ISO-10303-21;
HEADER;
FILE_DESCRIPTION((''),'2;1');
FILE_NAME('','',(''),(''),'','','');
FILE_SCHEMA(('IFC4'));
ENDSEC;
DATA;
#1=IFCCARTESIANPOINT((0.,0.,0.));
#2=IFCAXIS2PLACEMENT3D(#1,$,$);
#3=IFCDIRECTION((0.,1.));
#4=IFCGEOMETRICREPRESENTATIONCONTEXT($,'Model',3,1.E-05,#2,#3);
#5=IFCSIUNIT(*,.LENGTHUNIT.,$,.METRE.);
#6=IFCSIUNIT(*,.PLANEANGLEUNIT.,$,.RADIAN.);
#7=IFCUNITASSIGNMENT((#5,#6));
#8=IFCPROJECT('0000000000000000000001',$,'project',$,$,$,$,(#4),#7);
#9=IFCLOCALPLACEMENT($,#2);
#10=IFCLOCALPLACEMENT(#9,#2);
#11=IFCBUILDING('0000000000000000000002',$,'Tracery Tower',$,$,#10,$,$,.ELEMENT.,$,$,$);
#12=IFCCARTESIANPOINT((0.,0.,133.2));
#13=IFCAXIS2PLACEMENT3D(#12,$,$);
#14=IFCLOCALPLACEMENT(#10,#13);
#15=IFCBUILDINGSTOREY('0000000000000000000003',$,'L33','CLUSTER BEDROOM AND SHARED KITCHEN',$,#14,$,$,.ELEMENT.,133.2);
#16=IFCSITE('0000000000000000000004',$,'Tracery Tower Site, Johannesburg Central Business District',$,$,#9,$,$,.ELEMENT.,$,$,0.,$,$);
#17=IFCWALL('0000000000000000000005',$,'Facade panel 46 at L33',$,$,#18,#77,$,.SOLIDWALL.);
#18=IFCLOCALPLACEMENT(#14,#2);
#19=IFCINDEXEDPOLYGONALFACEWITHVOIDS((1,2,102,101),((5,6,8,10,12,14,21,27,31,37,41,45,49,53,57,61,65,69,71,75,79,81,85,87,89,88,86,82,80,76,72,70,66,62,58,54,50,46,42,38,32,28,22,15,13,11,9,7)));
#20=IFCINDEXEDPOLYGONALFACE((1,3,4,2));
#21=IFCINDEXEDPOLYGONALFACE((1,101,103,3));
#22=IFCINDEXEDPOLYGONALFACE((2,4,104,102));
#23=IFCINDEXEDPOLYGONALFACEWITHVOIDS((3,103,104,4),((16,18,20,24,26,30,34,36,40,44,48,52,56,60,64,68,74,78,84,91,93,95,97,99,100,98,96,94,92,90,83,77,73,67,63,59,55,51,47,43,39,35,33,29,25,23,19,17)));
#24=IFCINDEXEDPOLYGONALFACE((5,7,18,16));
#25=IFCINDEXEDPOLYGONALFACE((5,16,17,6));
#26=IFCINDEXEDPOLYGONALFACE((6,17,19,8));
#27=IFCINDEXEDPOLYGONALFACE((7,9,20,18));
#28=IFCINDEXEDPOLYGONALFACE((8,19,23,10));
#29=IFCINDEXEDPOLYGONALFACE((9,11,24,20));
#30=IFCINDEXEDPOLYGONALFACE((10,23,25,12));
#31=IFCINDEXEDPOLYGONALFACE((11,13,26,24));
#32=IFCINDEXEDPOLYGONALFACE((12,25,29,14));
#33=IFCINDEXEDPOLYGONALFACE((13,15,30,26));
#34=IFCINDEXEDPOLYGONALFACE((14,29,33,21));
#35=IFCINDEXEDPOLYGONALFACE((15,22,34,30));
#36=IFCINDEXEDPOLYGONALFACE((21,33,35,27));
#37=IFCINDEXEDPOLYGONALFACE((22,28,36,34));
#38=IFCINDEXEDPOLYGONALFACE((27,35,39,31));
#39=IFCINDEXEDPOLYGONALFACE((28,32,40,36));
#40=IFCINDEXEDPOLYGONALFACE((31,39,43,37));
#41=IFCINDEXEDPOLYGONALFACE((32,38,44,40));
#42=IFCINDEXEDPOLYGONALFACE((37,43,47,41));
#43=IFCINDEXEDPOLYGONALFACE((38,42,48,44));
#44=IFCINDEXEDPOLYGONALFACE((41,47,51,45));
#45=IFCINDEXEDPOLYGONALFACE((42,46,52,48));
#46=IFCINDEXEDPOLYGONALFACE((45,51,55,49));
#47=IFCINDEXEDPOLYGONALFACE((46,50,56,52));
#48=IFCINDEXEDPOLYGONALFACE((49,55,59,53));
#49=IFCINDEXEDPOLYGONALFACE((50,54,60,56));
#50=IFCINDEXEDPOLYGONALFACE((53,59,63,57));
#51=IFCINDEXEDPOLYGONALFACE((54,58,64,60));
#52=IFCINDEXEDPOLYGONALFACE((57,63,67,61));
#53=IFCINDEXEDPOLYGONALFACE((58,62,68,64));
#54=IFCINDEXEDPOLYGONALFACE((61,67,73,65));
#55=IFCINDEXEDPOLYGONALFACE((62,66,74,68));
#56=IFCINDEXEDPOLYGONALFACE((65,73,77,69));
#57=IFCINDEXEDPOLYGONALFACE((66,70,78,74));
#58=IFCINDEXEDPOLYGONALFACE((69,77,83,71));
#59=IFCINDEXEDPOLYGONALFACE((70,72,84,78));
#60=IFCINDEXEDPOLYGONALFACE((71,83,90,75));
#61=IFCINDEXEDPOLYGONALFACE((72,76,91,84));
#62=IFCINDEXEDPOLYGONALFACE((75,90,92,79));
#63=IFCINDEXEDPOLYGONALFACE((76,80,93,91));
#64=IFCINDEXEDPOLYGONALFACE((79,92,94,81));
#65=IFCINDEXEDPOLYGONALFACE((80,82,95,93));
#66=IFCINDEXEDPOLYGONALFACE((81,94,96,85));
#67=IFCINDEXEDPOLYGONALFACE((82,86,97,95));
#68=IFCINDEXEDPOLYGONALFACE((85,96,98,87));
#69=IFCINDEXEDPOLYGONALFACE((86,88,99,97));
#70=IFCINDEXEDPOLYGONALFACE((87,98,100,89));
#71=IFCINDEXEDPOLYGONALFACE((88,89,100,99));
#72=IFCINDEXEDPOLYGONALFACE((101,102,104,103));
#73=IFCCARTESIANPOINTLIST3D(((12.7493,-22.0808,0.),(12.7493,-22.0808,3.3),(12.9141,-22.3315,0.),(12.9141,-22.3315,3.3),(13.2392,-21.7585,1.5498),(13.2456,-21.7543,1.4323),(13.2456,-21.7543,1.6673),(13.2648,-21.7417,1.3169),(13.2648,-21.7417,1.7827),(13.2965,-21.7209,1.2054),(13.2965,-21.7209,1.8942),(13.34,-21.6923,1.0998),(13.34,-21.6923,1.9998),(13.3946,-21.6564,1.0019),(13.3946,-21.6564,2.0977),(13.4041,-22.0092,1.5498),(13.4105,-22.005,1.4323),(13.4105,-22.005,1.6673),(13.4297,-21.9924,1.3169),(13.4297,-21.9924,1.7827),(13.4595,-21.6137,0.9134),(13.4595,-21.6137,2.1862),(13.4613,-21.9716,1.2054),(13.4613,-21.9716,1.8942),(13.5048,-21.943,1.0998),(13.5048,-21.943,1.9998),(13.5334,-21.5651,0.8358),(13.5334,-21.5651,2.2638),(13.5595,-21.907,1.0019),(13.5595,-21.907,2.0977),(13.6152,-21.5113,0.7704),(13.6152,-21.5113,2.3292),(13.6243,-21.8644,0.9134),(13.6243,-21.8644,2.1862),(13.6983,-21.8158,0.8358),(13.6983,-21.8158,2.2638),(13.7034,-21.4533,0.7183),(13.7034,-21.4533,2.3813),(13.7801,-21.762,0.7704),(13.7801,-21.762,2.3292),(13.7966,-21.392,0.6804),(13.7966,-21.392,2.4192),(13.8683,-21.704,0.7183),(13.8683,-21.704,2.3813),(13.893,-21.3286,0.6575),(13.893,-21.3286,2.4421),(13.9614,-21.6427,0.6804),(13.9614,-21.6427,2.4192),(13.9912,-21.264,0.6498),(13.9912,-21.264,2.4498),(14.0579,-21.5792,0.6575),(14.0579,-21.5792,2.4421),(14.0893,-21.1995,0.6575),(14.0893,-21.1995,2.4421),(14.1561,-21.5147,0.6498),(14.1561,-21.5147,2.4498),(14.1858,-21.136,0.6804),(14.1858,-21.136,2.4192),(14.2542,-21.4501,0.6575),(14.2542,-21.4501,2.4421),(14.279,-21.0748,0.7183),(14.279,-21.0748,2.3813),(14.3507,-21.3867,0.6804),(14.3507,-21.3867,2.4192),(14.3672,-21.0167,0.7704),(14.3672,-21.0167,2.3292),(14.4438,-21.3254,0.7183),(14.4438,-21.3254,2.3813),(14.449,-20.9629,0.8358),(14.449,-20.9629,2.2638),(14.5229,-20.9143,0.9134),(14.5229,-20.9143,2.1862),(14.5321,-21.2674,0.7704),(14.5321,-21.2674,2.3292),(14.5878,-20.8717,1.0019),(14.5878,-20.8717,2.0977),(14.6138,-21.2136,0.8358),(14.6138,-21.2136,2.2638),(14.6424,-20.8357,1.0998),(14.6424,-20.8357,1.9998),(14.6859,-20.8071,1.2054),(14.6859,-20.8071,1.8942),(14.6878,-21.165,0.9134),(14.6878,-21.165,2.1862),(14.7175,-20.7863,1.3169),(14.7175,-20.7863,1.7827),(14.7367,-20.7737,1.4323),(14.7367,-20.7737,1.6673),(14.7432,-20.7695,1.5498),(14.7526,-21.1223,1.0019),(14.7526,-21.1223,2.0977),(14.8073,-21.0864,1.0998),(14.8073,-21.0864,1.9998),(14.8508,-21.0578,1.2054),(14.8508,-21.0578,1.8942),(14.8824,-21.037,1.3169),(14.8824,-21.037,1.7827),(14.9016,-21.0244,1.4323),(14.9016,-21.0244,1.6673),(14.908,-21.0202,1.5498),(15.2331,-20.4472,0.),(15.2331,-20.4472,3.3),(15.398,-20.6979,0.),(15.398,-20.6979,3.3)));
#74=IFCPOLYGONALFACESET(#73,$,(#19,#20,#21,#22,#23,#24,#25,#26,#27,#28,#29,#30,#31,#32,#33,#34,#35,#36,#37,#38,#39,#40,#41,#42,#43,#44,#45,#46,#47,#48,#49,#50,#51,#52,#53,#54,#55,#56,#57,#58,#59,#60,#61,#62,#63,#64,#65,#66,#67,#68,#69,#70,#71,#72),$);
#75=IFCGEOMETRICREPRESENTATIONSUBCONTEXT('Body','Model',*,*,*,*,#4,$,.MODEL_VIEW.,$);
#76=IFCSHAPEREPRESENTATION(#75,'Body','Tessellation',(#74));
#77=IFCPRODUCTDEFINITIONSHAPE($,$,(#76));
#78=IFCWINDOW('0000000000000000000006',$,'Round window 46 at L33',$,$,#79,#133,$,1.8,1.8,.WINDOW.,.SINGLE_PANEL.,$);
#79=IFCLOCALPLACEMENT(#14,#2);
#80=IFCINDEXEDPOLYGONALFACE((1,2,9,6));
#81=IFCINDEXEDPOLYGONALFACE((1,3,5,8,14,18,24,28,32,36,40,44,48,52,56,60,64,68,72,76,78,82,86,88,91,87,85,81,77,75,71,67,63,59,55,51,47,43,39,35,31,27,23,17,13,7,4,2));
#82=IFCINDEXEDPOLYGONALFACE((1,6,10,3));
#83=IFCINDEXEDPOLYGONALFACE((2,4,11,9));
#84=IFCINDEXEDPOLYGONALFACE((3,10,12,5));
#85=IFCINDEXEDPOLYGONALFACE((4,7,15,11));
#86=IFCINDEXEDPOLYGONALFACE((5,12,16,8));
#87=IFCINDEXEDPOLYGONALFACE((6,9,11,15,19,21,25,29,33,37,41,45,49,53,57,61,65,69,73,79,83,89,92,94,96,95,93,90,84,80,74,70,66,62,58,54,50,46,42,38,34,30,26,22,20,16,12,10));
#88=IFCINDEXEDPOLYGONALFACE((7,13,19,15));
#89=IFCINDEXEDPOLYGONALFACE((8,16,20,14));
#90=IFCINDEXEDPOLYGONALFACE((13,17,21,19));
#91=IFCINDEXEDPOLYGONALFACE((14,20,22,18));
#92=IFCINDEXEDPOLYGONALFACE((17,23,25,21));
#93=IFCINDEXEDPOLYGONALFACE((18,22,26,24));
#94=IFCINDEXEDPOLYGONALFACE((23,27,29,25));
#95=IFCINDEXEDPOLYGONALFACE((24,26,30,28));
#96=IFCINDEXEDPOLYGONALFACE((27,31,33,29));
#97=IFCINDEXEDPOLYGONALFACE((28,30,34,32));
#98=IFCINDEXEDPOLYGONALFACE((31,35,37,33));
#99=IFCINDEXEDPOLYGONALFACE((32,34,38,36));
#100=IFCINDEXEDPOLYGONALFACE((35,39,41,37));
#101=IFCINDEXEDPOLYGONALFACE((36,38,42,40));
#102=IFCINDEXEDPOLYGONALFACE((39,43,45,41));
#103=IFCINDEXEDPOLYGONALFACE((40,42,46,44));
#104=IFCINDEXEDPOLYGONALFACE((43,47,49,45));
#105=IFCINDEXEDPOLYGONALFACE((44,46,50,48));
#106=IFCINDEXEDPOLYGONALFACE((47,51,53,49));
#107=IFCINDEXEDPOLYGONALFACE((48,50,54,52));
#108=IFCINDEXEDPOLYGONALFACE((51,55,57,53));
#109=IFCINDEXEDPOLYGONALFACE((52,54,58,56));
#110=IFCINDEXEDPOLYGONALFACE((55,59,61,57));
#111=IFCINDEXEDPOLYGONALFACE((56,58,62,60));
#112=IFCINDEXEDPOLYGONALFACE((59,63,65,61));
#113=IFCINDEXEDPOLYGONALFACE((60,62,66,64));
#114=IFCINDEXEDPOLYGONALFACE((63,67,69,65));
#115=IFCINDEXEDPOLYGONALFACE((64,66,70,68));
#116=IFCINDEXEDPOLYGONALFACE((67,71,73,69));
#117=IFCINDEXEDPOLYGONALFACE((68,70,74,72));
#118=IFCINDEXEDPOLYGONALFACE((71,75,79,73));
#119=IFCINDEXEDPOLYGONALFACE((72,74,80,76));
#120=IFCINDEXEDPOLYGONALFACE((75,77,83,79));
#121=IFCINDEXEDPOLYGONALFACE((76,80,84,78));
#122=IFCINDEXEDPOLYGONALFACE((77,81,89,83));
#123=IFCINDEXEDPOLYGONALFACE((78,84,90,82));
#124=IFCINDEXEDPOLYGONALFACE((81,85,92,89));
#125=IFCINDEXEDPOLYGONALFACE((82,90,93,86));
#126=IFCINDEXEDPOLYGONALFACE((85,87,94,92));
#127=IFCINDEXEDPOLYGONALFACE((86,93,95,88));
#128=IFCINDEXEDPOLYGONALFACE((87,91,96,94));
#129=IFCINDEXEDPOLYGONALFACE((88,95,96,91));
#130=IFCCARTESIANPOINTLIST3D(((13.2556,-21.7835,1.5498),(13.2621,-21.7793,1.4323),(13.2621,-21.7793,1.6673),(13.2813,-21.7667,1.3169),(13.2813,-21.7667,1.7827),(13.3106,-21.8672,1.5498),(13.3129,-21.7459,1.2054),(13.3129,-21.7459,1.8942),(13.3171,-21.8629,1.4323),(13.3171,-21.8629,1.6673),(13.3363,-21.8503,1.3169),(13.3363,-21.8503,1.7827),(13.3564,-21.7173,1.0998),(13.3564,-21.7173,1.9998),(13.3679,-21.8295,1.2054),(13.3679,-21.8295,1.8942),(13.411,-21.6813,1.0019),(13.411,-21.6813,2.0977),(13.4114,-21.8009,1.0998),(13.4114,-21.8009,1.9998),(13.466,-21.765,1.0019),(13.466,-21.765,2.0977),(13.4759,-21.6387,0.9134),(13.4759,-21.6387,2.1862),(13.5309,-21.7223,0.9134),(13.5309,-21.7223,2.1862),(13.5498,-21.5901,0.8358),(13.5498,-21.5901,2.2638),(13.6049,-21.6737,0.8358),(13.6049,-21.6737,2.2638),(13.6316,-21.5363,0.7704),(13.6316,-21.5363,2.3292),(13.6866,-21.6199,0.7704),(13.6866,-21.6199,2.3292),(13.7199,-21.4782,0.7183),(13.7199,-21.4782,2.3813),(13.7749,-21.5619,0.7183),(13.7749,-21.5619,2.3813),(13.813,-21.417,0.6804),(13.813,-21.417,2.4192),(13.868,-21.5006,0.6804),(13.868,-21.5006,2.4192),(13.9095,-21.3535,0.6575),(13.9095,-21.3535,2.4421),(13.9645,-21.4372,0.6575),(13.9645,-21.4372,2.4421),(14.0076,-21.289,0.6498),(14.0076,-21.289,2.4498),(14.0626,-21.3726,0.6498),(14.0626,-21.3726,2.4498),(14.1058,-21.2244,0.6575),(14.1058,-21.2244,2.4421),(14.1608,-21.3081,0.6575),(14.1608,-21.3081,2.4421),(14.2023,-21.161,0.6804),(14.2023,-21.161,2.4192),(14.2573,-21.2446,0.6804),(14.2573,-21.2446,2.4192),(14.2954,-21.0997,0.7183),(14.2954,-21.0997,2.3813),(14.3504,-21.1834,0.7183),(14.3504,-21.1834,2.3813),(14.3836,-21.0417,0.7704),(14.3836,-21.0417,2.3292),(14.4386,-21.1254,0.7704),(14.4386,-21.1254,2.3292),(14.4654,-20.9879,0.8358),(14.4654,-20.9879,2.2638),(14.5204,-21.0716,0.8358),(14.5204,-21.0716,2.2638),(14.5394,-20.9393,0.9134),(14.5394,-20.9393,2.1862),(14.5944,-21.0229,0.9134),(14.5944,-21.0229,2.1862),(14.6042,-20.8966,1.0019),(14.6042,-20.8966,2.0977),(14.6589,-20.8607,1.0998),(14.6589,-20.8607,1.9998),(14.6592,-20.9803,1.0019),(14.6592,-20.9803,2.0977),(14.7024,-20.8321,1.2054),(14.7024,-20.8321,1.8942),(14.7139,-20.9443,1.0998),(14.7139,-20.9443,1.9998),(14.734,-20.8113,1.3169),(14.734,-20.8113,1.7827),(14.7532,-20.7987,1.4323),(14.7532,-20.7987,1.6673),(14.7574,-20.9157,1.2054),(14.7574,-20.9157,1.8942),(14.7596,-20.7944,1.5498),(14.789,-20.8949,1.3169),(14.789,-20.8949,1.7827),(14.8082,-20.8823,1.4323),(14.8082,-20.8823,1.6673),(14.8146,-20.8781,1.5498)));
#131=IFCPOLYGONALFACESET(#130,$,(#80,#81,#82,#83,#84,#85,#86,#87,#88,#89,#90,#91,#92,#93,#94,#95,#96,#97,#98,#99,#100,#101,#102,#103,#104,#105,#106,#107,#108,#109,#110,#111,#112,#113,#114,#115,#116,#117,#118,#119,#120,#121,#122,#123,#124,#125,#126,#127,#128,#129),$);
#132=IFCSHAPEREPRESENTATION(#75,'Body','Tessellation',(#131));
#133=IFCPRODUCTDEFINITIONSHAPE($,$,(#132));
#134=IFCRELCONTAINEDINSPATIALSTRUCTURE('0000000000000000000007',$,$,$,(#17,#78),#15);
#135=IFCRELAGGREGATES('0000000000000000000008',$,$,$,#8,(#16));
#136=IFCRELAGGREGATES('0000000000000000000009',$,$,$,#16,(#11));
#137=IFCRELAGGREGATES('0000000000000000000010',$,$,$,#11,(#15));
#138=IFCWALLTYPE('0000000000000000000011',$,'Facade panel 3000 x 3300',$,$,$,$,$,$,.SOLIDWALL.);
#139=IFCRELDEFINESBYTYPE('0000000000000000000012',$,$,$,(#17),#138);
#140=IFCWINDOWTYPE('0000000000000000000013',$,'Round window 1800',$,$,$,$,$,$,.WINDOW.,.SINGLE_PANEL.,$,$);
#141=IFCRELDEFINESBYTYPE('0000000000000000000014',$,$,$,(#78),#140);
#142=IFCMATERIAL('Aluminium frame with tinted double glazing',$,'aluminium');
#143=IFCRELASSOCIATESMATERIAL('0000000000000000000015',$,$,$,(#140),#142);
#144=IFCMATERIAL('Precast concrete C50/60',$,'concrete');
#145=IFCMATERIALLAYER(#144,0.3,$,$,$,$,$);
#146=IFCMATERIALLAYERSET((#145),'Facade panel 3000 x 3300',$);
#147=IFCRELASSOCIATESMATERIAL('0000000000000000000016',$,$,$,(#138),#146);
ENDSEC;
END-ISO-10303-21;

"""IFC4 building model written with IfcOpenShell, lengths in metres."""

from ifc_helpers import new_model, si_unit, direction, frame, frame_2d, origin, origin_2d, place, context, subcontext, project, spatial, rectangle, circle, extrude, material, layer, layer_set, type_object, element, fill, save


model = new_model("IFC4")

# Units and contexts
model_context = context("Model", 3, precision=1e-05, world=origin(), true_north=direction((0.0, 1.0)))
body_context = subcontext(model_context, "Body", "Model", "MODEL_VIEW")
ifc_project = project(units=[si_unit("LENGTHUNIT", "METRE"), si_unit("PLANEANGLEUNIT", "RADIAN")], contexts=[model_context])

# Site, building, storey
site_placement = place(None, origin())
site = spatial("IfcSite", under=ifc_project, at=site_placement, Name="Tracery Tower Site, Johannesburg Central Business District", CompositionType="ELEMENT", RefElevation=0.0)
building_placement = place(site_placement, origin())
building = spatial("IfcBuilding", under=site, at=building_placement, Name="Tracery Tower", CompositionType="ELEMENT")
storey_placement = place(building_placement, frame((0.0, 0.0, 133.2)))
storey = spatial("IfcBuildingStorey", under=building, at=storey_placement, Name="L33", Description="CLUSTER BEDROOM AND SHARED KITCHEN", CompositionType="ELEMENT", Elevation=133.2)

# Wall, opening, window
ifc_material_1 = material(Name="Aluminium frame with tinted double glazing", Category="aluminium")
window_type = type_object("IfcWindowType", Name="Round window 1800", PartitioningType="SINGLE_PANEL", PredefinedType="WINDOW", material=ifc_material_1)
ifc_material_2 = material(Name="Precast concrete C50/60", Category="concrete")
ifc_layer_1 = layer(ifc_material_2, 0.3)
ifc_layer_set_1 = layer_set([ifc_layer_1], Name="Facade panel 3000 x 3300")
wall_type_1 = type_object("IfcWallType", Name="Facade panel 3000 x 3300", PredefinedType="SOLIDWALL", material=ifc_layer_set_1)
wall_1_placement = place(storey_placement, frame((12.8318, -22.2061, 0.0), z_axis=(0.0, 0.0, 1.0), x_axis=(0.835508, 0.549478, 0.0)))
wall_1 = element("IfcWall", 1, at=wall_1_placement, inside=storey, type_object=wall_type_1, Name="Facade panel 46 at L33", PredefinedType="SOLIDWALL", context=body_context, shape_type="SweptSolid", body=[
    extrude(rectangle(XDim=2.9729, YDim=0.3, at=frame_2d((1.4863, 0.0))), origin(), (0.0, 0.0, 1.0), 3.3),
])
opening_1_placement = place(wall_1_placement, frame((1.4863, 0.0, 1.5498)))
opening_1 = element("IfcOpeningElement", 2, at=opening_1_placement, cuts=wall_1, PredefinedType="OPENING", context=body_context, shape_type="SweptSolid", body=[
    extrude(circle(Radius=0.9, at=origin_2d()), frame((0.0, 0.1599, 0.0), z_axis=(0.0, -1.0, 0.0), x_axis=(1.0, 0.0, 0.0)), (0.0, 0.0, 1.0), 0.3201),
])
window_1_placement = place(opening_1_placement, origin())
window_1 = element("IfcWindow", 3, at=window_1_placement, inside=storey, type_object=window_type, Name="Round window 46 at L33", OverallHeight=1.8, OverallWidth=1.8, PartitioningType="SINGLE_PANEL", PredefinedType="WINDOW", context=body_context, shape_type="SweptSolid", body=[
    extrude(circle(Radius=0.9, at=origin_2d()), frame((0.0, 0.1201, 0.0), z_axis=(0.0, -1.0, 0.0), x_axis=(1.0, 0.0, 0.0)), (0.0, 0.0, 1.0), 0.1001),
])
fill(opening_1, window_1)

save(model, "model.ifc")
